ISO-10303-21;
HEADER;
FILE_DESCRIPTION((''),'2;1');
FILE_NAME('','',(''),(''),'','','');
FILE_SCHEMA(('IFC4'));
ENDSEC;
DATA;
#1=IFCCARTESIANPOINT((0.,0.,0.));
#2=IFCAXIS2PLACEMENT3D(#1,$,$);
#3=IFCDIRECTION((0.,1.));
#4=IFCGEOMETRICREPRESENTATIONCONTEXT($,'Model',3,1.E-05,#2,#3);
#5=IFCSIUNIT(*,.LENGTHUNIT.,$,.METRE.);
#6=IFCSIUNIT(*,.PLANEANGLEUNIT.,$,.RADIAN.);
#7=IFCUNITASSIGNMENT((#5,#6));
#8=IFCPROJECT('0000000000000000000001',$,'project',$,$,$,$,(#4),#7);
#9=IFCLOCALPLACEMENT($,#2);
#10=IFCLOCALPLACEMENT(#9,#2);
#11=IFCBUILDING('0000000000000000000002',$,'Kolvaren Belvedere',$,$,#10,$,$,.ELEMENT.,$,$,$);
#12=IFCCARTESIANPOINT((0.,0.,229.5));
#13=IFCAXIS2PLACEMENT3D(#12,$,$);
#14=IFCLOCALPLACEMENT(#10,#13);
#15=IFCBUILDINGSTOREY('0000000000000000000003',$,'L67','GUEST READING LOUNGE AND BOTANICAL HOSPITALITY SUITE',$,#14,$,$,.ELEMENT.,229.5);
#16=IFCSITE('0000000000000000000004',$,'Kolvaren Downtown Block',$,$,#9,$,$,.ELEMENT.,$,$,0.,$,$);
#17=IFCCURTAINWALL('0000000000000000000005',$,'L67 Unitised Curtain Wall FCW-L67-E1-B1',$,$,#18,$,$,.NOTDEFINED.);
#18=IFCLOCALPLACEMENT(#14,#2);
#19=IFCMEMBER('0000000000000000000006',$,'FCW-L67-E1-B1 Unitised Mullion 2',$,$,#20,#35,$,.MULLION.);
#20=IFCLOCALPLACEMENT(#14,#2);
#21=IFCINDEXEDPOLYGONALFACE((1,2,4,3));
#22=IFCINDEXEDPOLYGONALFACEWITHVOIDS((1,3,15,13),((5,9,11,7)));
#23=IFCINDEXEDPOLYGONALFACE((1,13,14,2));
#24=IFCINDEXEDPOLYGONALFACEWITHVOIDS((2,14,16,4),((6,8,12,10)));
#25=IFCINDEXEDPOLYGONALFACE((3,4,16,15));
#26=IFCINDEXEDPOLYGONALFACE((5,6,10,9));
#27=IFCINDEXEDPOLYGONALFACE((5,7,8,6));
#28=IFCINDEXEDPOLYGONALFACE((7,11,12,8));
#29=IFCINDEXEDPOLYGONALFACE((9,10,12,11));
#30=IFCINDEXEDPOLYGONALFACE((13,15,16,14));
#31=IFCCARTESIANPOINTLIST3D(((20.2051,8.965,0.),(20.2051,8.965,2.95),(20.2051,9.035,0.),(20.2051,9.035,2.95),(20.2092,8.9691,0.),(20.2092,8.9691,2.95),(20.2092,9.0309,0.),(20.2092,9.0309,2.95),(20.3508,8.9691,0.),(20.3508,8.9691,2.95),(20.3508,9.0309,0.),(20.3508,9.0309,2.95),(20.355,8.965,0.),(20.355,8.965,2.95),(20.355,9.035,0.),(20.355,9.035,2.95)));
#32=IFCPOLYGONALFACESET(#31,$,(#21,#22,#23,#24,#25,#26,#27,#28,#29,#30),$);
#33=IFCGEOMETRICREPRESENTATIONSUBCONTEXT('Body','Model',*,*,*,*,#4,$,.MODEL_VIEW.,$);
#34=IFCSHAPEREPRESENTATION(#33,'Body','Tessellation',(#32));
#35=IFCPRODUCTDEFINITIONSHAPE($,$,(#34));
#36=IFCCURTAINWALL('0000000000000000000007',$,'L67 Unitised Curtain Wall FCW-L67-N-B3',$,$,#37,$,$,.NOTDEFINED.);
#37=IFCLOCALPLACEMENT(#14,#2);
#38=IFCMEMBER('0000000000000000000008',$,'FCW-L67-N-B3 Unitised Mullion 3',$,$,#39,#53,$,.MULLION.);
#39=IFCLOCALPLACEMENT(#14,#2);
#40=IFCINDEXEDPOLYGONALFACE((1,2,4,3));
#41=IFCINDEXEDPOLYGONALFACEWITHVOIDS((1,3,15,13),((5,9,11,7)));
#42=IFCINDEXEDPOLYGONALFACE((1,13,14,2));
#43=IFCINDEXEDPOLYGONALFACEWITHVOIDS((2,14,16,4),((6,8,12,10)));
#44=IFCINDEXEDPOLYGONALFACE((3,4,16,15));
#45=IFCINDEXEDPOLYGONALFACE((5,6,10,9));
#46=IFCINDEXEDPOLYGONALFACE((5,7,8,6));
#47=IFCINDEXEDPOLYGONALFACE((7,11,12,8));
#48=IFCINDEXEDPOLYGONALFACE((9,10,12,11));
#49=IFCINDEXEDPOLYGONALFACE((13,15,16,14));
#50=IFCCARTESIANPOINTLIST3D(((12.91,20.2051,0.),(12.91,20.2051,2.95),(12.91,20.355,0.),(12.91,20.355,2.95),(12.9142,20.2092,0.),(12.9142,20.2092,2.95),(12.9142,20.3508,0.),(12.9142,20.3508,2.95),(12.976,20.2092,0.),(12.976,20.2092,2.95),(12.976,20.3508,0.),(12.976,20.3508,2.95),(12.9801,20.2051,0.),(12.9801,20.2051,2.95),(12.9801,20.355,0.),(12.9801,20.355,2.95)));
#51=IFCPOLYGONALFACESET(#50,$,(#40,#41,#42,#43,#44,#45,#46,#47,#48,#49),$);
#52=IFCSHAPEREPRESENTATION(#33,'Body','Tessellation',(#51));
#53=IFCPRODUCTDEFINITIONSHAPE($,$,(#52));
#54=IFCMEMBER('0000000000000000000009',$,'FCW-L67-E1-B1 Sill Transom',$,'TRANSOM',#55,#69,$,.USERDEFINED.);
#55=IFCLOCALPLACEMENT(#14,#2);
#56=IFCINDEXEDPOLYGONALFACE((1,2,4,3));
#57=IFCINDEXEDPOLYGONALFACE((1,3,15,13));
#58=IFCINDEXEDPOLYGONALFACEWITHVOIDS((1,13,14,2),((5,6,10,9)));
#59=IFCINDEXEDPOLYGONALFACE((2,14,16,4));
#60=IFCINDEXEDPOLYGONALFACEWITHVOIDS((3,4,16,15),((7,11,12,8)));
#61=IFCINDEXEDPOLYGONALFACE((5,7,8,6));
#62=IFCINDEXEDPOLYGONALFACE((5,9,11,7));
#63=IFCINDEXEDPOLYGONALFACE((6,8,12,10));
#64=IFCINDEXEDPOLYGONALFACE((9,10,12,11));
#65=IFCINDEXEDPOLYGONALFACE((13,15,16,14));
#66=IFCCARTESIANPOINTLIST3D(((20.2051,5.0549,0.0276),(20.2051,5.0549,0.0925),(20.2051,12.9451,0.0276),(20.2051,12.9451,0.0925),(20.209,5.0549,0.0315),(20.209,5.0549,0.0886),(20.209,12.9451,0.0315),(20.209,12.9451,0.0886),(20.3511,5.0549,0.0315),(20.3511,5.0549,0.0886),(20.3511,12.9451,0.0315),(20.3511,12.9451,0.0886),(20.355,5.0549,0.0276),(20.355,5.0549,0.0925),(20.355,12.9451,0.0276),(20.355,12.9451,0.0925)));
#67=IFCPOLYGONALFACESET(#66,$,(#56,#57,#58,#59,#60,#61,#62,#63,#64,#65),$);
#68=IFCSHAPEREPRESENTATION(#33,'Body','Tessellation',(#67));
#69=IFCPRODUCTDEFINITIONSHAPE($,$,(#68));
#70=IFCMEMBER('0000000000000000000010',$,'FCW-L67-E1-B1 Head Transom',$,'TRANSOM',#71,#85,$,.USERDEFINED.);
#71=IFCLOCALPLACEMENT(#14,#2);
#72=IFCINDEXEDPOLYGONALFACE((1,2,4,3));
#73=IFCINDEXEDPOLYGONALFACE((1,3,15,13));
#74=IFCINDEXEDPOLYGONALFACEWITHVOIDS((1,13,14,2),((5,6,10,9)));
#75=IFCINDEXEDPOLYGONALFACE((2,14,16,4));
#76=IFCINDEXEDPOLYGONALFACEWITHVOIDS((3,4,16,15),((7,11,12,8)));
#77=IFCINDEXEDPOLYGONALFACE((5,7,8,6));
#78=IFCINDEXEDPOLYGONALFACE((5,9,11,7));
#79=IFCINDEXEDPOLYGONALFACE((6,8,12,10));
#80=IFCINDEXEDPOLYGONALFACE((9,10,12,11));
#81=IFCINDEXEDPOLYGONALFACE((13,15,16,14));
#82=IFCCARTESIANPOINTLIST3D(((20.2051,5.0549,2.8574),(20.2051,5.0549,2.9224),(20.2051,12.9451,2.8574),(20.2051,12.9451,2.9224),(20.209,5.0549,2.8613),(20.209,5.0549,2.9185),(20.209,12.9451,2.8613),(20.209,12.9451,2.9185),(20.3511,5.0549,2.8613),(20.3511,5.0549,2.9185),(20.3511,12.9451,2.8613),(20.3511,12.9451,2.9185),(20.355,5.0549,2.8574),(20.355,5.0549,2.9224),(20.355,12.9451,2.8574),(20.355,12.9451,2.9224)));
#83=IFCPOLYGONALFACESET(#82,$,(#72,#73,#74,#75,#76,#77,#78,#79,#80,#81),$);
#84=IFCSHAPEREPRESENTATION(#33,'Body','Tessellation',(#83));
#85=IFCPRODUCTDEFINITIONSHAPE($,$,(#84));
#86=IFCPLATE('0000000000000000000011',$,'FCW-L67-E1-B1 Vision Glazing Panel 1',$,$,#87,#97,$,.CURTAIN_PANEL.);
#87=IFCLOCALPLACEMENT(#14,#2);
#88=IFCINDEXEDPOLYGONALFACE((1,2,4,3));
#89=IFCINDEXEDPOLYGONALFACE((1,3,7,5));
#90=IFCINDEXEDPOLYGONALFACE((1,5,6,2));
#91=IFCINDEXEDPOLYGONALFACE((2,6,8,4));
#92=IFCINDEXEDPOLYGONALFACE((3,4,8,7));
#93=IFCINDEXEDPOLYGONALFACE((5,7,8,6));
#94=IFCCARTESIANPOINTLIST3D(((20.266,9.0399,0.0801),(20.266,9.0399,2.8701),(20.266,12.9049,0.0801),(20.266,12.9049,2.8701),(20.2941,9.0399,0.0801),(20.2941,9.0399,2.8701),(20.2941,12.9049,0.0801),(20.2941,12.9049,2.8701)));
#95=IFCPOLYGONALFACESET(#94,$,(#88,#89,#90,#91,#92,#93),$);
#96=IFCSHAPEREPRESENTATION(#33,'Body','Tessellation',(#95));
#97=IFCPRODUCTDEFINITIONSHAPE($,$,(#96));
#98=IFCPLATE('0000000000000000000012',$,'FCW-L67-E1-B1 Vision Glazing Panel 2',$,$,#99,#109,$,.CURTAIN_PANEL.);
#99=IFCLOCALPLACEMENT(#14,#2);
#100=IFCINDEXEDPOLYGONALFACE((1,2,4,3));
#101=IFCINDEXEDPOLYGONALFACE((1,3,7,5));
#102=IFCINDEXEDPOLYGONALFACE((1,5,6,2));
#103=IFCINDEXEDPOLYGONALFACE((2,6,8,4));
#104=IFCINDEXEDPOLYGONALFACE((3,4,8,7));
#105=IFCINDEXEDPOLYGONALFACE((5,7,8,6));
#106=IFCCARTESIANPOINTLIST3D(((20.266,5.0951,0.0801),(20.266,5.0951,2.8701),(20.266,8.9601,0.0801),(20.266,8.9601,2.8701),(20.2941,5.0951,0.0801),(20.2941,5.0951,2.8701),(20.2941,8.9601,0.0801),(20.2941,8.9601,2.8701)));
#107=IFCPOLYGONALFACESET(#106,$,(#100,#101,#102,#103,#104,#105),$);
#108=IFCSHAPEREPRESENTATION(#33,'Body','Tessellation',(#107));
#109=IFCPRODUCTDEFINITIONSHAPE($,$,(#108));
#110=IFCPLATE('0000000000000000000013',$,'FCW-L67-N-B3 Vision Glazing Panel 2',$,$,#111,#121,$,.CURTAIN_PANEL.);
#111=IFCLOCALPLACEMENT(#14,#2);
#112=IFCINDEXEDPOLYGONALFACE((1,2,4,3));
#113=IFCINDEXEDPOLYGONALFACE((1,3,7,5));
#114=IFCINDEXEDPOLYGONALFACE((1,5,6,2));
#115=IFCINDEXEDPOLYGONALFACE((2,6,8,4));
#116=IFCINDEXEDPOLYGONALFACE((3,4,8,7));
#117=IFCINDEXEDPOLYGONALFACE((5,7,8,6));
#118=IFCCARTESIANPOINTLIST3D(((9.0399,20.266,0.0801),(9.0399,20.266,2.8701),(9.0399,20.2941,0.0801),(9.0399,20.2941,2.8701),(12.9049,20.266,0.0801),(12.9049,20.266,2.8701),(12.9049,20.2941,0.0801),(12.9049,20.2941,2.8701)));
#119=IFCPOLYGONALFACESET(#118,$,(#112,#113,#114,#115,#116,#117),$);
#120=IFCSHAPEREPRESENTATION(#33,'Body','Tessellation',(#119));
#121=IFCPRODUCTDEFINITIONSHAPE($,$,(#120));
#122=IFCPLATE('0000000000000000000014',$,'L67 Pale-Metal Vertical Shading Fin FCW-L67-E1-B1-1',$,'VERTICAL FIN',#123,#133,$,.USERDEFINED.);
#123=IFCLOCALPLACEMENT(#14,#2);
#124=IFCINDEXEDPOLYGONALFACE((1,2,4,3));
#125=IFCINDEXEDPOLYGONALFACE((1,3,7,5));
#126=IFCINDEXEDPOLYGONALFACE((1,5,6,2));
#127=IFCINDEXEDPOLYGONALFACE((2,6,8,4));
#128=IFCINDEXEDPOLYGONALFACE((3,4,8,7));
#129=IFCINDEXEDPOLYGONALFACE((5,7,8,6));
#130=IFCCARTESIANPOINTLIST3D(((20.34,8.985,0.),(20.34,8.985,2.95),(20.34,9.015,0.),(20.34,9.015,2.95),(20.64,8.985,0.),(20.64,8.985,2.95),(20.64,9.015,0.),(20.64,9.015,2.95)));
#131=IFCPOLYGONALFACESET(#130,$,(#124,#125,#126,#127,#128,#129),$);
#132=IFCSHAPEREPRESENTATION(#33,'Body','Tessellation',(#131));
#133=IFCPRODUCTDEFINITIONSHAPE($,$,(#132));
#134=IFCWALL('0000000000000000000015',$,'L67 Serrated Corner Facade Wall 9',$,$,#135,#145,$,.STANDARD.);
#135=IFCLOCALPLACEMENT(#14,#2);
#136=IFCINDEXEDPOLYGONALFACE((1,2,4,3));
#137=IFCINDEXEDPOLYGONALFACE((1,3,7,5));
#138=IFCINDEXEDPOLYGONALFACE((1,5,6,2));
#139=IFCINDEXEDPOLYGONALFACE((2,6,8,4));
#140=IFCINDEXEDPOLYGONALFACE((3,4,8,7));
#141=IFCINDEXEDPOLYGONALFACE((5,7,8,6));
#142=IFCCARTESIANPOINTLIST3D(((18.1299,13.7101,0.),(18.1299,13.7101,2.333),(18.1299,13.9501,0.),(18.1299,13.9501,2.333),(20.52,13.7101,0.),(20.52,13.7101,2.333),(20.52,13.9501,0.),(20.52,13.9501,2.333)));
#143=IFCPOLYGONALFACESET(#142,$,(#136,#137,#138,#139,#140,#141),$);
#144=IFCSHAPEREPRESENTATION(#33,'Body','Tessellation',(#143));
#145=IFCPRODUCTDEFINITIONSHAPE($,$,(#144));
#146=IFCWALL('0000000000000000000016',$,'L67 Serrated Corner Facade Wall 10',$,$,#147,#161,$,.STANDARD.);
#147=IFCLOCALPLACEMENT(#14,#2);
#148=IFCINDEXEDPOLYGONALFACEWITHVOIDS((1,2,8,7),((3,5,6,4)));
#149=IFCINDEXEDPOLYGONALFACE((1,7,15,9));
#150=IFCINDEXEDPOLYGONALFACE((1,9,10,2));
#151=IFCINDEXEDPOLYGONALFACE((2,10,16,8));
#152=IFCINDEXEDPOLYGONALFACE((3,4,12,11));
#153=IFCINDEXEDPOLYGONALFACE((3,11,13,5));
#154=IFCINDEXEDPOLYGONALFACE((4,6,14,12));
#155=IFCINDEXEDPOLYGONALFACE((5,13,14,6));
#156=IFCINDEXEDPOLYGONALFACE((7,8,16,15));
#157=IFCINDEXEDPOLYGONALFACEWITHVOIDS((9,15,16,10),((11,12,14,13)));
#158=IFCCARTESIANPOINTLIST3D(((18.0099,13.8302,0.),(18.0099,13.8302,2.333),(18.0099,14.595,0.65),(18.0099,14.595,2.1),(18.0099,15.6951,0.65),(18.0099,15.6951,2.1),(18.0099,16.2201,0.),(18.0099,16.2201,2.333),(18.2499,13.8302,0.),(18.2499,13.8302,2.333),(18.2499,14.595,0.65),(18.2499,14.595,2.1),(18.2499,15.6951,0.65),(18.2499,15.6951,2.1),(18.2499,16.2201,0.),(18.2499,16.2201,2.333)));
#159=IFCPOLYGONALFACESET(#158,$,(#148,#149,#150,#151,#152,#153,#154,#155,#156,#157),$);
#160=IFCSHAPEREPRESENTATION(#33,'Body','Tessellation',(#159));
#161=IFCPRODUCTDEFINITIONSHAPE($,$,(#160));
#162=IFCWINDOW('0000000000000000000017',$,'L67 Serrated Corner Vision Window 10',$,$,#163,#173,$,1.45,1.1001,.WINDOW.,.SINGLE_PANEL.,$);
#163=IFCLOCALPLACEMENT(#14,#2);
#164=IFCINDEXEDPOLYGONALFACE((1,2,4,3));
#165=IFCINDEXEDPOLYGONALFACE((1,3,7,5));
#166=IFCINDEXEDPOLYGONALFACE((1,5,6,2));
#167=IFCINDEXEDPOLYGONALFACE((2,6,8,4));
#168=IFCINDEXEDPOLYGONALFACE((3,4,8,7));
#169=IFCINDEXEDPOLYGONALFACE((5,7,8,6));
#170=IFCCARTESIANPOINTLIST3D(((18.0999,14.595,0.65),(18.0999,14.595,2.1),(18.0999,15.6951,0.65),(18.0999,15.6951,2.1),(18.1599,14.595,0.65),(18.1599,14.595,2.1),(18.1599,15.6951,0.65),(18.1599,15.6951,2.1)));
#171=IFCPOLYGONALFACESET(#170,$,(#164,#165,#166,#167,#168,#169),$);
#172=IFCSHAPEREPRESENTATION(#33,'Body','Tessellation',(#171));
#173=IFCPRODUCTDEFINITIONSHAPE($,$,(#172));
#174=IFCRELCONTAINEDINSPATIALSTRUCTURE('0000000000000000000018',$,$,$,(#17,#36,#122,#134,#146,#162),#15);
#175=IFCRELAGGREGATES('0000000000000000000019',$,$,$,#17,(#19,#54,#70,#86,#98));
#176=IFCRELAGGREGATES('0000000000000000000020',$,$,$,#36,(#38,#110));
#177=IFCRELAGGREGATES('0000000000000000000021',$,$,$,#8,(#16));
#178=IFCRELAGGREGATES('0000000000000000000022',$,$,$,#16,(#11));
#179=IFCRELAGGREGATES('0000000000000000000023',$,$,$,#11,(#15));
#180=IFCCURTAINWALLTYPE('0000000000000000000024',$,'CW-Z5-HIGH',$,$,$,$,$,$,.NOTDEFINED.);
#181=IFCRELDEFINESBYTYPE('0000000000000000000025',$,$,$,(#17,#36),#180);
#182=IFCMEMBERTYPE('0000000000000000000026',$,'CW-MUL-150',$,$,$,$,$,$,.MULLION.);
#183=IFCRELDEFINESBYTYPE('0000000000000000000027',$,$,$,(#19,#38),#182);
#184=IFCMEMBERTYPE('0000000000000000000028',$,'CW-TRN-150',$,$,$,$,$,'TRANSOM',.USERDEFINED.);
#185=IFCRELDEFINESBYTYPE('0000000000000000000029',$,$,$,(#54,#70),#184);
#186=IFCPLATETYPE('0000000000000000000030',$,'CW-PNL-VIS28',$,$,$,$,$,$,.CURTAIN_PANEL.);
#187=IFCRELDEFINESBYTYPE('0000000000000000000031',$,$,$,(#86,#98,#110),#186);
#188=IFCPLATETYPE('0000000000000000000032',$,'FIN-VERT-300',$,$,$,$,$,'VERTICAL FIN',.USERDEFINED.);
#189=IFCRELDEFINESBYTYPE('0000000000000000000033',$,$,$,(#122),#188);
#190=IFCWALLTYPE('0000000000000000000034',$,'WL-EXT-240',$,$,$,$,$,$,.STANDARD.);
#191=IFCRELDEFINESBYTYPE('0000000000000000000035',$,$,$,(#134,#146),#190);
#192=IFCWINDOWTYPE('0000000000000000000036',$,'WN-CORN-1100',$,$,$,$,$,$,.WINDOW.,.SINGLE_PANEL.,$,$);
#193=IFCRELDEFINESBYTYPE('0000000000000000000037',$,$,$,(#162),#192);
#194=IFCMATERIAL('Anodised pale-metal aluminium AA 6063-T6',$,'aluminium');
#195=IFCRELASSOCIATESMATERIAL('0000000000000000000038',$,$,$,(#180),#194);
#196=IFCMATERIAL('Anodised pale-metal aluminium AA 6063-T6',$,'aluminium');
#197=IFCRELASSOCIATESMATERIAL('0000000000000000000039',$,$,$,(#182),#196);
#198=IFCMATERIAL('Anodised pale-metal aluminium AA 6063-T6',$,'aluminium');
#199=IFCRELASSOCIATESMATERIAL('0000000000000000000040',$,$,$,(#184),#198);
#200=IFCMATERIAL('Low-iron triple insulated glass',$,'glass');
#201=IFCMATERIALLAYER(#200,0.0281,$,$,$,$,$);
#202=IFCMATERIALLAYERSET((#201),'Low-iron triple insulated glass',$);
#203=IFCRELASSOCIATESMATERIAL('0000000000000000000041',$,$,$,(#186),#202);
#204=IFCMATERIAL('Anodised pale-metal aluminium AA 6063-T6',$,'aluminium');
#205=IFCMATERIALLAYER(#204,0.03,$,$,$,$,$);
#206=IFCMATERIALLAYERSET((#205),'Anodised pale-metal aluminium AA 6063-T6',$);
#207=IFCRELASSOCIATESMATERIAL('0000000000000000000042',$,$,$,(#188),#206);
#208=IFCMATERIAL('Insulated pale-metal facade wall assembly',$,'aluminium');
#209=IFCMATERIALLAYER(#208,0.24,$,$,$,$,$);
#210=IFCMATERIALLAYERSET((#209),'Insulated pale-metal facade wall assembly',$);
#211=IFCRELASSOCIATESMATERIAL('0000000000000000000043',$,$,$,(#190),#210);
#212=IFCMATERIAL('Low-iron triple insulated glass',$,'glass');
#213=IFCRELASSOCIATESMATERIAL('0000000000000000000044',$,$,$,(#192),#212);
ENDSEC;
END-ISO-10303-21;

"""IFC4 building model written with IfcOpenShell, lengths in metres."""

from ifc_helpers import new_model, si_unit, direction, frame, frame_2d, origin, origin_2d, place, context, subcontext, project, spatial, rectangle, hollow_rectangle, extrude, material, layer, layer_set, material_profile, profile_set, type_object, element, fill, aggregate, save


model = new_model("IFC4")

# Units and contexts
model_context = context("Model", 3, precision=1e-05, world=origin(), true_north=direction((0.0, 1.0)))
body_context = subcontext(model_context, "Body", "Model", "MODEL_VIEW")
ifc_project = project(units=[si_unit("LENGTHUNIT", "METRE"), si_unit("PLANEANGLEUNIT", "RADIAN")], contexts=[model_context])

# Site, building, storey
site_placement = place(None, origin())
site = spatial("IfcSite", under=ifc_project, at=site_placement, Name="Kolvaren Downtown Block", CompositionType="ELEMENT", RefElevation=0.0)
building_placement = place(site_placement, origin())
building = spatial("IfcBuilding", under=site, at=building_placement, Name="Kolvaren Belvedere", CompositionType="ELEMENT")
storey_placement = place(building_placement, frame((0.0, 0.0, 229.5)))
storey = spatial("IfcBuildingStorey", under=building, at=storey_placement, Name="L67", Description="GUEST READING LOUNGE AND BOTANICAL HOSPITALITY SUITE", CompositionType="ELEMENT", Elevation=229.5)

# Curtain wall, member
ifc_material_1 = material(Name="Anodised pale-metal aluminium AA 6063-T6", Category="aluminium")
curtain_wall_type = type_object("IfcCurtainWallType", Name="CW-Z5-HIGH", PredefinedType="NOTDEFINED", material=ifc_material_1)
curtain_wall_1_placement = place(storey_placement, origin())
curtain_wall_1 = element("IfcCurtainWall", 1, at=curtain_wall_1_placement, inside=storey, type_object=curtain_wall_type, Name="L67 Unitised Curtain Wall FCW-L67-E1-B1", PredefinedType="NOTDEFINED")
ifc_material_2 = material(Name="Anodised pale-metal aluminium AA 6063-T6", Category="aluminium")
ifc_material_profile_1 = material_profile(ifc_material_2, hollow_rectangle(XDim=0.0701, YDim=0.1499, WallThickness=0.0042, at=origin_2d()), Name="ALU-MUL-150X70")
ifc_profile_set_1 = profile_set([ifc_material_profile_1], Name="Anodised pale-metal aluminium AA 6063-T6")
member_type_1 = type_object("IfcMemberType", Name="CW-MUL-150", PredefinedType="MULLION", material=ifc_profile_set_1)
member_1_placement = place(storey_placement, frame((20.28, 9.0, 0.0), z_axis=(0.0, 0.0, 1.0), x_axis=(0.0, 1.0, 0.0)))
member_1 = element("IfcMember", 2, at=member_1_placement, type_object=member_type_1, Name="FCW-L67-E1-B1 Unitised Mullion 2", PredefinedType="MULLION", context=body_context, shape_type="SweptSolid", body=[
    extrude(hollow_rectangle(XDim=0.0701, YDim=0.1499, WallThickness=0.0042, at=origin_2d()), origin(), (0.0, 0.0, 1.0), 2.95),
])

# Curtain wall, member
curtain_wall_2_placement = place(storey_placement, origin())
curtain_wall_2 = element("IfcCurtainWall", 3, at=curtain_wall_2_placement, inside=storey, type_object=curtain_wall_type, Name="L67 Unitised Curtain Wall FCW-L67-N-B3", PredefinedType="NOTDEFINED")
member_2_placement = place(storey_placement, frame((12.9451, 20.28, 0.0), z_axis=(0.0, 0.0, 1.0), x_axis=(1.0, 0.0, 0.0)))
member_2 = element("IfcMember", 4, at=member_2_placement, type_object=member_type_1, Name="FCW-L67-N-B3 Unitised Mullion 3", PredefinedType="MULLION", context=body_context, shape_type="SweptSolid", body=[
    extrude(hollow_rectangle(XDim=0.0701, YDim=0.1499, WallThickness=0.0042, at=origin_2d()), origin(), (0.0, 0.0, 1.0), 2.95),
])

# Members
ifc_material_3 = material(Name="Anodised pale-metal aluminium AA 6063-T6", Category="aluminium")
ifc_material_profile_2 = material_profile(ifc_material_3, hollow_rectangle(XDim=0.0649, YDim=0.1499, WallThickness=0.0039, at=origin_2d()), Name="ALU-TRN-150X65")
ifc_profile_set_2 = profile_set([ifc_material_profile_2], Name="Anodised pale-metal aluminium AA 6063-T6")
member_type_2 = type_object("IfcMemberType", Name="CW-TRN-150", ElementType="TRANSOM", PredefinedType="USERDEFINED", material=ifc_profile_set_2)
member_3_placement = place(storey_placement, frame((20.28, 12.9451, 0.0601), z_axis=(0.0, -1.0, 0.0), x_axis=(0.0, 0.0, 1.0)))
member_3 = element("IfcMember", 5, at=member_3_placement, type_object=member_type_2, Name="FCW-L67-E1-B1 Sill Transom", ObjectType="TRANSOM", PredefinedType="USERDEFINED", context=body_context, shape_type="SweptSolid", body=[
    extrude(hollow_rectangle(XDim=0.0649, YDim=0.1499, WallThickness=0.0039, at=origin_2d()), origin(), (0.0, 0.0, 1.0), 7.8901),
])
member_4_placement = place(storey_placement, frame((20.28, 12.9451, 2.8899), z_axis=(0.0, -1.0, 0.0), x_axis=(0.0, 0.0, 1.0)))
member_4 = element("IfcMember", 6, at=member_4_placement, type_object=member_type_2, Name="FCW-L67-E1-B1 Head Transom", ObjectType="TRANSOM", PredefinedType="USERDEFINED", context=body_context, shape_type="SweptSolid", body=[
    extrude(hollow_rectangle(XDim=0.0649, YDim=0.1499, WallThickness=0.0039, at=origin_2d()), origin(), (0.0, 0.0, 1.0), 7.8901),
])

# Plates
ifc_material_4 = material(Name="Low-iron triple insulated glass", Category="glass")
ifc_layer_1 = layer(ifc_material_4, 0.0281)
ifc_layer_set_1 = layer_set([ifc_layer_1], Name="Low-iron triple insulated glass")
plate_type_1 = type_object("IfcPlateType", Name="CW-PNL-VIS28", PredefinedType="CURTAIN_PANEL", material=ifc_layer_set_1)
plate_1_placement = place(storey_placement, frame((20.28, 10.9724, 0.0801), z_axis=(0.0, 0.0, 1.0), x_axis=(0.0, -1.0, 0.0)))
plate_1 = element("IfcPlate", 7, at=plate_1_placement, type_object=plate_type_1, Name="FCW-L67-E1-B1 Vision Glazing Panel 1", PredefinedType="CURTAIN_PANEL", context=body_context, shape_type="SweptSolid", body=[
    extrude(rectangle(XDim=3.865, YDim=0.0281, at=origin_2d()), origin(), (0.0, 0.0, 1.0), 2.79),
])
plate_2_placement = place(storey_placement, frame((20.28, 7.0276, 0.0801), z_axis=(0.0, 0.0, 1.0), x_axis=(0.0, -1.0, 0.0)))
plate_2 = element("IfcPlate", 8, at=plate_2_placement, type_object=plate_type_1, Name="FCW-L67-E1-B1 Vision Glazing Panel 2", PredefinedType="CURTAIN_PANEL", context=body_context, shape_type="SweptSolid", body=[
    extrude(rectangle(XDim=3.865, YDim=0.0281, at=origin_2d()), origin(), (0.0, 0.0, 1.0), 2.79),
])
aggregate(curtain_wall_1, [member_1, member_3, member_4, plate_1, plate_2])
plate_3_placement = place(storey_placement, frame((10.9724, 20.28, 0.0801), z_axis=(0.0, 0.0, 1.0), x_axis=(1.0, 0.0, 0.0)))
plate_3 = element("IfcPlate", 9, at=plate_3_placement, type_object=plate_type_1, Name="FCW-L67-N-B3 Vision Glazing Panel 2", PredefinedType="CURTAIN_PANEL", context=body_context, shape_type="SweptSolid", body=[
    extrude(rectangle(XDim=3.865, YDim=0.0281, at=origin_2d()), origin(), (0.0, 0.0, 1.0), 2.79),
])
aggregate(curtain_wall_2, [member_2, plate_3])
ifc_material_5 = material(Name="Anodised pale-metal aluminium AA 6063-T6", Category="aluminium")
ifc_layer_2 = layer(ifc_material_5, 0.03)
ifc_layer_set_2 = layer_set([ifc_layer_2], Name="Anodised pale-metal aluminium AA 6063-T6")
plate_type_2 = type_object("IfcPlateType", Name="FIN-VERT-300", ElementType="VERTICAL FIN", PredefinedType="USERDEFINED", material=ifc_layer_set_2)
plate_4_placement = place(storey_placement, frame((20.49, 9.0, 0.0), z_axis=(0.0, 0.0, 1.0), x_axis=(1.0, 0.0, 0.0)))
element("IfcPlate", 10, at=plate_4_placement, inside=storey, type_object=plate_type_2, Name="L67 Pale-Metal Vertical Shading Fin FCW-L67-E1-B1-1", ObjectType="VERTICAL FIN", PredefinedType="USERDEFINED", context=body_context, shape_type="SweptSolid", body=[
    extrude(rectangle(XDim=0.3, YDim=0.03, at=origin_2d()), origin(), (0.0, 0.0, 1.0), 2.95),
])

# Wall
ifc_material_6 = material(Name="Insulated pale-metal facade wall assembly", Category="aluminium")
ifc_layer_3 = layer(ifc_material_6, 0.24)
ifc_layer_set_3 = layer_set([ifc_layer_3], Name="Insulated pale-metal facade wall assembly")
wall_type_1 = type_object("IfcWallType", Name="WL-EXT-240", PredefinedType="STANDARD", material=ifc_layer_set_3)
wall_1_placement = place(storey_placement, frame((18.1299, 13.8301, 0.0), z_axis=(0.0, 0.0, 1.0), x_axis=(1.0, 0.0, 0.0)))
element("IfcWall", 11, at=wall_1_placement, inside=storey, type_object=wall_type_1, Name="L67 Serrated Corner Facade Wall 9", PredefinedType="STANDARD", context=body_context, shape_type="SweptSolid", body=[
    extrude(rectangle(XDim=2.3901, YDim=0.24, at=frame_2d((1.1951, 0.0))), origin(), (0.0, 0.0, 1.0), 2.333),
])

# Wall, opening, window
wall_2_placement = place(storey_placement, frame((18.1299, 16.22, 0.0), z_axis=(0.0, 0.0, 1.0), x_axis=(0.0, -1.0, 0.0)))
wall_2 = element("IfcWall", 12, at=wall_2_placement, inside=storey, type_object=wall_type_1, Name="L67 Serrated Corner Facade Wall 10", PredefinedType="STANDARD", context=body_context, shape_type="SweptSolid", body=[
    extrude(rectangle(XDim=2.3899, YDim=0.24, at=frame_2d((1.1948, 0.0))), origin(), (0.0, 0.0, 1.0), 2.333),
])
opening_1_placement = place(wall_2_placement, frame((0.5249, 0.0, 0.6499)))
opening_1 = element("IfcOpeningElement", 13, at=opening_1_placement, cuts=wall_2, PredefinedType="OPENING", context=body_context, shape_type="SweptSolid", body=[
    extrude(rectangle(XDim=1.1001, YDim=1.45, at=frame_2d((0.55, 0.7251))), frame((0.0, 0.1299, 0.0), z_axis=(0.0, -1.0, 0.0), x_axis=(1.0, 0.0, 0.0)), (0.0, 0.0, 1.0), 0.26),
])
ifc_material_7 = material(Name="Low-iron triple insulated glass", Category="glass")
window_type = type_object("IfcWindowType", Name="WN-CORN-1100", PartitioningType="SINGLE_PANEL", PredefinedType="WINDOW", material=ifc_material_7)
window_1_placement = place(opening_1_placement, origin())
window_1 = element("IfcWindow", 14, at=window_1_placement, inside=storey, type_object=window_type, Name="L67 Serrated Corner Vision Window 10", OverallHeight=1.45, OverallWidth=1.1001, PartitioningType="SINGLE_PANEL", PredefinedType="WINDOW", context=body_context, shape_type="SweptSolid", body=[
    extrude(rectangle(XDim=1.1001, YDim=1.45, at=frame_2d((0.55, 0.7251))), frame((0.0, 0.03, 0.0), z_axis=(0.0, -1.0, 0.0), x_axis=(1.0, 0.0, 0.0)), (0.0, 0.0, 1.0), 0.0601),
])
fill(opening_1, window_1)

save(model, "model.ifc")
